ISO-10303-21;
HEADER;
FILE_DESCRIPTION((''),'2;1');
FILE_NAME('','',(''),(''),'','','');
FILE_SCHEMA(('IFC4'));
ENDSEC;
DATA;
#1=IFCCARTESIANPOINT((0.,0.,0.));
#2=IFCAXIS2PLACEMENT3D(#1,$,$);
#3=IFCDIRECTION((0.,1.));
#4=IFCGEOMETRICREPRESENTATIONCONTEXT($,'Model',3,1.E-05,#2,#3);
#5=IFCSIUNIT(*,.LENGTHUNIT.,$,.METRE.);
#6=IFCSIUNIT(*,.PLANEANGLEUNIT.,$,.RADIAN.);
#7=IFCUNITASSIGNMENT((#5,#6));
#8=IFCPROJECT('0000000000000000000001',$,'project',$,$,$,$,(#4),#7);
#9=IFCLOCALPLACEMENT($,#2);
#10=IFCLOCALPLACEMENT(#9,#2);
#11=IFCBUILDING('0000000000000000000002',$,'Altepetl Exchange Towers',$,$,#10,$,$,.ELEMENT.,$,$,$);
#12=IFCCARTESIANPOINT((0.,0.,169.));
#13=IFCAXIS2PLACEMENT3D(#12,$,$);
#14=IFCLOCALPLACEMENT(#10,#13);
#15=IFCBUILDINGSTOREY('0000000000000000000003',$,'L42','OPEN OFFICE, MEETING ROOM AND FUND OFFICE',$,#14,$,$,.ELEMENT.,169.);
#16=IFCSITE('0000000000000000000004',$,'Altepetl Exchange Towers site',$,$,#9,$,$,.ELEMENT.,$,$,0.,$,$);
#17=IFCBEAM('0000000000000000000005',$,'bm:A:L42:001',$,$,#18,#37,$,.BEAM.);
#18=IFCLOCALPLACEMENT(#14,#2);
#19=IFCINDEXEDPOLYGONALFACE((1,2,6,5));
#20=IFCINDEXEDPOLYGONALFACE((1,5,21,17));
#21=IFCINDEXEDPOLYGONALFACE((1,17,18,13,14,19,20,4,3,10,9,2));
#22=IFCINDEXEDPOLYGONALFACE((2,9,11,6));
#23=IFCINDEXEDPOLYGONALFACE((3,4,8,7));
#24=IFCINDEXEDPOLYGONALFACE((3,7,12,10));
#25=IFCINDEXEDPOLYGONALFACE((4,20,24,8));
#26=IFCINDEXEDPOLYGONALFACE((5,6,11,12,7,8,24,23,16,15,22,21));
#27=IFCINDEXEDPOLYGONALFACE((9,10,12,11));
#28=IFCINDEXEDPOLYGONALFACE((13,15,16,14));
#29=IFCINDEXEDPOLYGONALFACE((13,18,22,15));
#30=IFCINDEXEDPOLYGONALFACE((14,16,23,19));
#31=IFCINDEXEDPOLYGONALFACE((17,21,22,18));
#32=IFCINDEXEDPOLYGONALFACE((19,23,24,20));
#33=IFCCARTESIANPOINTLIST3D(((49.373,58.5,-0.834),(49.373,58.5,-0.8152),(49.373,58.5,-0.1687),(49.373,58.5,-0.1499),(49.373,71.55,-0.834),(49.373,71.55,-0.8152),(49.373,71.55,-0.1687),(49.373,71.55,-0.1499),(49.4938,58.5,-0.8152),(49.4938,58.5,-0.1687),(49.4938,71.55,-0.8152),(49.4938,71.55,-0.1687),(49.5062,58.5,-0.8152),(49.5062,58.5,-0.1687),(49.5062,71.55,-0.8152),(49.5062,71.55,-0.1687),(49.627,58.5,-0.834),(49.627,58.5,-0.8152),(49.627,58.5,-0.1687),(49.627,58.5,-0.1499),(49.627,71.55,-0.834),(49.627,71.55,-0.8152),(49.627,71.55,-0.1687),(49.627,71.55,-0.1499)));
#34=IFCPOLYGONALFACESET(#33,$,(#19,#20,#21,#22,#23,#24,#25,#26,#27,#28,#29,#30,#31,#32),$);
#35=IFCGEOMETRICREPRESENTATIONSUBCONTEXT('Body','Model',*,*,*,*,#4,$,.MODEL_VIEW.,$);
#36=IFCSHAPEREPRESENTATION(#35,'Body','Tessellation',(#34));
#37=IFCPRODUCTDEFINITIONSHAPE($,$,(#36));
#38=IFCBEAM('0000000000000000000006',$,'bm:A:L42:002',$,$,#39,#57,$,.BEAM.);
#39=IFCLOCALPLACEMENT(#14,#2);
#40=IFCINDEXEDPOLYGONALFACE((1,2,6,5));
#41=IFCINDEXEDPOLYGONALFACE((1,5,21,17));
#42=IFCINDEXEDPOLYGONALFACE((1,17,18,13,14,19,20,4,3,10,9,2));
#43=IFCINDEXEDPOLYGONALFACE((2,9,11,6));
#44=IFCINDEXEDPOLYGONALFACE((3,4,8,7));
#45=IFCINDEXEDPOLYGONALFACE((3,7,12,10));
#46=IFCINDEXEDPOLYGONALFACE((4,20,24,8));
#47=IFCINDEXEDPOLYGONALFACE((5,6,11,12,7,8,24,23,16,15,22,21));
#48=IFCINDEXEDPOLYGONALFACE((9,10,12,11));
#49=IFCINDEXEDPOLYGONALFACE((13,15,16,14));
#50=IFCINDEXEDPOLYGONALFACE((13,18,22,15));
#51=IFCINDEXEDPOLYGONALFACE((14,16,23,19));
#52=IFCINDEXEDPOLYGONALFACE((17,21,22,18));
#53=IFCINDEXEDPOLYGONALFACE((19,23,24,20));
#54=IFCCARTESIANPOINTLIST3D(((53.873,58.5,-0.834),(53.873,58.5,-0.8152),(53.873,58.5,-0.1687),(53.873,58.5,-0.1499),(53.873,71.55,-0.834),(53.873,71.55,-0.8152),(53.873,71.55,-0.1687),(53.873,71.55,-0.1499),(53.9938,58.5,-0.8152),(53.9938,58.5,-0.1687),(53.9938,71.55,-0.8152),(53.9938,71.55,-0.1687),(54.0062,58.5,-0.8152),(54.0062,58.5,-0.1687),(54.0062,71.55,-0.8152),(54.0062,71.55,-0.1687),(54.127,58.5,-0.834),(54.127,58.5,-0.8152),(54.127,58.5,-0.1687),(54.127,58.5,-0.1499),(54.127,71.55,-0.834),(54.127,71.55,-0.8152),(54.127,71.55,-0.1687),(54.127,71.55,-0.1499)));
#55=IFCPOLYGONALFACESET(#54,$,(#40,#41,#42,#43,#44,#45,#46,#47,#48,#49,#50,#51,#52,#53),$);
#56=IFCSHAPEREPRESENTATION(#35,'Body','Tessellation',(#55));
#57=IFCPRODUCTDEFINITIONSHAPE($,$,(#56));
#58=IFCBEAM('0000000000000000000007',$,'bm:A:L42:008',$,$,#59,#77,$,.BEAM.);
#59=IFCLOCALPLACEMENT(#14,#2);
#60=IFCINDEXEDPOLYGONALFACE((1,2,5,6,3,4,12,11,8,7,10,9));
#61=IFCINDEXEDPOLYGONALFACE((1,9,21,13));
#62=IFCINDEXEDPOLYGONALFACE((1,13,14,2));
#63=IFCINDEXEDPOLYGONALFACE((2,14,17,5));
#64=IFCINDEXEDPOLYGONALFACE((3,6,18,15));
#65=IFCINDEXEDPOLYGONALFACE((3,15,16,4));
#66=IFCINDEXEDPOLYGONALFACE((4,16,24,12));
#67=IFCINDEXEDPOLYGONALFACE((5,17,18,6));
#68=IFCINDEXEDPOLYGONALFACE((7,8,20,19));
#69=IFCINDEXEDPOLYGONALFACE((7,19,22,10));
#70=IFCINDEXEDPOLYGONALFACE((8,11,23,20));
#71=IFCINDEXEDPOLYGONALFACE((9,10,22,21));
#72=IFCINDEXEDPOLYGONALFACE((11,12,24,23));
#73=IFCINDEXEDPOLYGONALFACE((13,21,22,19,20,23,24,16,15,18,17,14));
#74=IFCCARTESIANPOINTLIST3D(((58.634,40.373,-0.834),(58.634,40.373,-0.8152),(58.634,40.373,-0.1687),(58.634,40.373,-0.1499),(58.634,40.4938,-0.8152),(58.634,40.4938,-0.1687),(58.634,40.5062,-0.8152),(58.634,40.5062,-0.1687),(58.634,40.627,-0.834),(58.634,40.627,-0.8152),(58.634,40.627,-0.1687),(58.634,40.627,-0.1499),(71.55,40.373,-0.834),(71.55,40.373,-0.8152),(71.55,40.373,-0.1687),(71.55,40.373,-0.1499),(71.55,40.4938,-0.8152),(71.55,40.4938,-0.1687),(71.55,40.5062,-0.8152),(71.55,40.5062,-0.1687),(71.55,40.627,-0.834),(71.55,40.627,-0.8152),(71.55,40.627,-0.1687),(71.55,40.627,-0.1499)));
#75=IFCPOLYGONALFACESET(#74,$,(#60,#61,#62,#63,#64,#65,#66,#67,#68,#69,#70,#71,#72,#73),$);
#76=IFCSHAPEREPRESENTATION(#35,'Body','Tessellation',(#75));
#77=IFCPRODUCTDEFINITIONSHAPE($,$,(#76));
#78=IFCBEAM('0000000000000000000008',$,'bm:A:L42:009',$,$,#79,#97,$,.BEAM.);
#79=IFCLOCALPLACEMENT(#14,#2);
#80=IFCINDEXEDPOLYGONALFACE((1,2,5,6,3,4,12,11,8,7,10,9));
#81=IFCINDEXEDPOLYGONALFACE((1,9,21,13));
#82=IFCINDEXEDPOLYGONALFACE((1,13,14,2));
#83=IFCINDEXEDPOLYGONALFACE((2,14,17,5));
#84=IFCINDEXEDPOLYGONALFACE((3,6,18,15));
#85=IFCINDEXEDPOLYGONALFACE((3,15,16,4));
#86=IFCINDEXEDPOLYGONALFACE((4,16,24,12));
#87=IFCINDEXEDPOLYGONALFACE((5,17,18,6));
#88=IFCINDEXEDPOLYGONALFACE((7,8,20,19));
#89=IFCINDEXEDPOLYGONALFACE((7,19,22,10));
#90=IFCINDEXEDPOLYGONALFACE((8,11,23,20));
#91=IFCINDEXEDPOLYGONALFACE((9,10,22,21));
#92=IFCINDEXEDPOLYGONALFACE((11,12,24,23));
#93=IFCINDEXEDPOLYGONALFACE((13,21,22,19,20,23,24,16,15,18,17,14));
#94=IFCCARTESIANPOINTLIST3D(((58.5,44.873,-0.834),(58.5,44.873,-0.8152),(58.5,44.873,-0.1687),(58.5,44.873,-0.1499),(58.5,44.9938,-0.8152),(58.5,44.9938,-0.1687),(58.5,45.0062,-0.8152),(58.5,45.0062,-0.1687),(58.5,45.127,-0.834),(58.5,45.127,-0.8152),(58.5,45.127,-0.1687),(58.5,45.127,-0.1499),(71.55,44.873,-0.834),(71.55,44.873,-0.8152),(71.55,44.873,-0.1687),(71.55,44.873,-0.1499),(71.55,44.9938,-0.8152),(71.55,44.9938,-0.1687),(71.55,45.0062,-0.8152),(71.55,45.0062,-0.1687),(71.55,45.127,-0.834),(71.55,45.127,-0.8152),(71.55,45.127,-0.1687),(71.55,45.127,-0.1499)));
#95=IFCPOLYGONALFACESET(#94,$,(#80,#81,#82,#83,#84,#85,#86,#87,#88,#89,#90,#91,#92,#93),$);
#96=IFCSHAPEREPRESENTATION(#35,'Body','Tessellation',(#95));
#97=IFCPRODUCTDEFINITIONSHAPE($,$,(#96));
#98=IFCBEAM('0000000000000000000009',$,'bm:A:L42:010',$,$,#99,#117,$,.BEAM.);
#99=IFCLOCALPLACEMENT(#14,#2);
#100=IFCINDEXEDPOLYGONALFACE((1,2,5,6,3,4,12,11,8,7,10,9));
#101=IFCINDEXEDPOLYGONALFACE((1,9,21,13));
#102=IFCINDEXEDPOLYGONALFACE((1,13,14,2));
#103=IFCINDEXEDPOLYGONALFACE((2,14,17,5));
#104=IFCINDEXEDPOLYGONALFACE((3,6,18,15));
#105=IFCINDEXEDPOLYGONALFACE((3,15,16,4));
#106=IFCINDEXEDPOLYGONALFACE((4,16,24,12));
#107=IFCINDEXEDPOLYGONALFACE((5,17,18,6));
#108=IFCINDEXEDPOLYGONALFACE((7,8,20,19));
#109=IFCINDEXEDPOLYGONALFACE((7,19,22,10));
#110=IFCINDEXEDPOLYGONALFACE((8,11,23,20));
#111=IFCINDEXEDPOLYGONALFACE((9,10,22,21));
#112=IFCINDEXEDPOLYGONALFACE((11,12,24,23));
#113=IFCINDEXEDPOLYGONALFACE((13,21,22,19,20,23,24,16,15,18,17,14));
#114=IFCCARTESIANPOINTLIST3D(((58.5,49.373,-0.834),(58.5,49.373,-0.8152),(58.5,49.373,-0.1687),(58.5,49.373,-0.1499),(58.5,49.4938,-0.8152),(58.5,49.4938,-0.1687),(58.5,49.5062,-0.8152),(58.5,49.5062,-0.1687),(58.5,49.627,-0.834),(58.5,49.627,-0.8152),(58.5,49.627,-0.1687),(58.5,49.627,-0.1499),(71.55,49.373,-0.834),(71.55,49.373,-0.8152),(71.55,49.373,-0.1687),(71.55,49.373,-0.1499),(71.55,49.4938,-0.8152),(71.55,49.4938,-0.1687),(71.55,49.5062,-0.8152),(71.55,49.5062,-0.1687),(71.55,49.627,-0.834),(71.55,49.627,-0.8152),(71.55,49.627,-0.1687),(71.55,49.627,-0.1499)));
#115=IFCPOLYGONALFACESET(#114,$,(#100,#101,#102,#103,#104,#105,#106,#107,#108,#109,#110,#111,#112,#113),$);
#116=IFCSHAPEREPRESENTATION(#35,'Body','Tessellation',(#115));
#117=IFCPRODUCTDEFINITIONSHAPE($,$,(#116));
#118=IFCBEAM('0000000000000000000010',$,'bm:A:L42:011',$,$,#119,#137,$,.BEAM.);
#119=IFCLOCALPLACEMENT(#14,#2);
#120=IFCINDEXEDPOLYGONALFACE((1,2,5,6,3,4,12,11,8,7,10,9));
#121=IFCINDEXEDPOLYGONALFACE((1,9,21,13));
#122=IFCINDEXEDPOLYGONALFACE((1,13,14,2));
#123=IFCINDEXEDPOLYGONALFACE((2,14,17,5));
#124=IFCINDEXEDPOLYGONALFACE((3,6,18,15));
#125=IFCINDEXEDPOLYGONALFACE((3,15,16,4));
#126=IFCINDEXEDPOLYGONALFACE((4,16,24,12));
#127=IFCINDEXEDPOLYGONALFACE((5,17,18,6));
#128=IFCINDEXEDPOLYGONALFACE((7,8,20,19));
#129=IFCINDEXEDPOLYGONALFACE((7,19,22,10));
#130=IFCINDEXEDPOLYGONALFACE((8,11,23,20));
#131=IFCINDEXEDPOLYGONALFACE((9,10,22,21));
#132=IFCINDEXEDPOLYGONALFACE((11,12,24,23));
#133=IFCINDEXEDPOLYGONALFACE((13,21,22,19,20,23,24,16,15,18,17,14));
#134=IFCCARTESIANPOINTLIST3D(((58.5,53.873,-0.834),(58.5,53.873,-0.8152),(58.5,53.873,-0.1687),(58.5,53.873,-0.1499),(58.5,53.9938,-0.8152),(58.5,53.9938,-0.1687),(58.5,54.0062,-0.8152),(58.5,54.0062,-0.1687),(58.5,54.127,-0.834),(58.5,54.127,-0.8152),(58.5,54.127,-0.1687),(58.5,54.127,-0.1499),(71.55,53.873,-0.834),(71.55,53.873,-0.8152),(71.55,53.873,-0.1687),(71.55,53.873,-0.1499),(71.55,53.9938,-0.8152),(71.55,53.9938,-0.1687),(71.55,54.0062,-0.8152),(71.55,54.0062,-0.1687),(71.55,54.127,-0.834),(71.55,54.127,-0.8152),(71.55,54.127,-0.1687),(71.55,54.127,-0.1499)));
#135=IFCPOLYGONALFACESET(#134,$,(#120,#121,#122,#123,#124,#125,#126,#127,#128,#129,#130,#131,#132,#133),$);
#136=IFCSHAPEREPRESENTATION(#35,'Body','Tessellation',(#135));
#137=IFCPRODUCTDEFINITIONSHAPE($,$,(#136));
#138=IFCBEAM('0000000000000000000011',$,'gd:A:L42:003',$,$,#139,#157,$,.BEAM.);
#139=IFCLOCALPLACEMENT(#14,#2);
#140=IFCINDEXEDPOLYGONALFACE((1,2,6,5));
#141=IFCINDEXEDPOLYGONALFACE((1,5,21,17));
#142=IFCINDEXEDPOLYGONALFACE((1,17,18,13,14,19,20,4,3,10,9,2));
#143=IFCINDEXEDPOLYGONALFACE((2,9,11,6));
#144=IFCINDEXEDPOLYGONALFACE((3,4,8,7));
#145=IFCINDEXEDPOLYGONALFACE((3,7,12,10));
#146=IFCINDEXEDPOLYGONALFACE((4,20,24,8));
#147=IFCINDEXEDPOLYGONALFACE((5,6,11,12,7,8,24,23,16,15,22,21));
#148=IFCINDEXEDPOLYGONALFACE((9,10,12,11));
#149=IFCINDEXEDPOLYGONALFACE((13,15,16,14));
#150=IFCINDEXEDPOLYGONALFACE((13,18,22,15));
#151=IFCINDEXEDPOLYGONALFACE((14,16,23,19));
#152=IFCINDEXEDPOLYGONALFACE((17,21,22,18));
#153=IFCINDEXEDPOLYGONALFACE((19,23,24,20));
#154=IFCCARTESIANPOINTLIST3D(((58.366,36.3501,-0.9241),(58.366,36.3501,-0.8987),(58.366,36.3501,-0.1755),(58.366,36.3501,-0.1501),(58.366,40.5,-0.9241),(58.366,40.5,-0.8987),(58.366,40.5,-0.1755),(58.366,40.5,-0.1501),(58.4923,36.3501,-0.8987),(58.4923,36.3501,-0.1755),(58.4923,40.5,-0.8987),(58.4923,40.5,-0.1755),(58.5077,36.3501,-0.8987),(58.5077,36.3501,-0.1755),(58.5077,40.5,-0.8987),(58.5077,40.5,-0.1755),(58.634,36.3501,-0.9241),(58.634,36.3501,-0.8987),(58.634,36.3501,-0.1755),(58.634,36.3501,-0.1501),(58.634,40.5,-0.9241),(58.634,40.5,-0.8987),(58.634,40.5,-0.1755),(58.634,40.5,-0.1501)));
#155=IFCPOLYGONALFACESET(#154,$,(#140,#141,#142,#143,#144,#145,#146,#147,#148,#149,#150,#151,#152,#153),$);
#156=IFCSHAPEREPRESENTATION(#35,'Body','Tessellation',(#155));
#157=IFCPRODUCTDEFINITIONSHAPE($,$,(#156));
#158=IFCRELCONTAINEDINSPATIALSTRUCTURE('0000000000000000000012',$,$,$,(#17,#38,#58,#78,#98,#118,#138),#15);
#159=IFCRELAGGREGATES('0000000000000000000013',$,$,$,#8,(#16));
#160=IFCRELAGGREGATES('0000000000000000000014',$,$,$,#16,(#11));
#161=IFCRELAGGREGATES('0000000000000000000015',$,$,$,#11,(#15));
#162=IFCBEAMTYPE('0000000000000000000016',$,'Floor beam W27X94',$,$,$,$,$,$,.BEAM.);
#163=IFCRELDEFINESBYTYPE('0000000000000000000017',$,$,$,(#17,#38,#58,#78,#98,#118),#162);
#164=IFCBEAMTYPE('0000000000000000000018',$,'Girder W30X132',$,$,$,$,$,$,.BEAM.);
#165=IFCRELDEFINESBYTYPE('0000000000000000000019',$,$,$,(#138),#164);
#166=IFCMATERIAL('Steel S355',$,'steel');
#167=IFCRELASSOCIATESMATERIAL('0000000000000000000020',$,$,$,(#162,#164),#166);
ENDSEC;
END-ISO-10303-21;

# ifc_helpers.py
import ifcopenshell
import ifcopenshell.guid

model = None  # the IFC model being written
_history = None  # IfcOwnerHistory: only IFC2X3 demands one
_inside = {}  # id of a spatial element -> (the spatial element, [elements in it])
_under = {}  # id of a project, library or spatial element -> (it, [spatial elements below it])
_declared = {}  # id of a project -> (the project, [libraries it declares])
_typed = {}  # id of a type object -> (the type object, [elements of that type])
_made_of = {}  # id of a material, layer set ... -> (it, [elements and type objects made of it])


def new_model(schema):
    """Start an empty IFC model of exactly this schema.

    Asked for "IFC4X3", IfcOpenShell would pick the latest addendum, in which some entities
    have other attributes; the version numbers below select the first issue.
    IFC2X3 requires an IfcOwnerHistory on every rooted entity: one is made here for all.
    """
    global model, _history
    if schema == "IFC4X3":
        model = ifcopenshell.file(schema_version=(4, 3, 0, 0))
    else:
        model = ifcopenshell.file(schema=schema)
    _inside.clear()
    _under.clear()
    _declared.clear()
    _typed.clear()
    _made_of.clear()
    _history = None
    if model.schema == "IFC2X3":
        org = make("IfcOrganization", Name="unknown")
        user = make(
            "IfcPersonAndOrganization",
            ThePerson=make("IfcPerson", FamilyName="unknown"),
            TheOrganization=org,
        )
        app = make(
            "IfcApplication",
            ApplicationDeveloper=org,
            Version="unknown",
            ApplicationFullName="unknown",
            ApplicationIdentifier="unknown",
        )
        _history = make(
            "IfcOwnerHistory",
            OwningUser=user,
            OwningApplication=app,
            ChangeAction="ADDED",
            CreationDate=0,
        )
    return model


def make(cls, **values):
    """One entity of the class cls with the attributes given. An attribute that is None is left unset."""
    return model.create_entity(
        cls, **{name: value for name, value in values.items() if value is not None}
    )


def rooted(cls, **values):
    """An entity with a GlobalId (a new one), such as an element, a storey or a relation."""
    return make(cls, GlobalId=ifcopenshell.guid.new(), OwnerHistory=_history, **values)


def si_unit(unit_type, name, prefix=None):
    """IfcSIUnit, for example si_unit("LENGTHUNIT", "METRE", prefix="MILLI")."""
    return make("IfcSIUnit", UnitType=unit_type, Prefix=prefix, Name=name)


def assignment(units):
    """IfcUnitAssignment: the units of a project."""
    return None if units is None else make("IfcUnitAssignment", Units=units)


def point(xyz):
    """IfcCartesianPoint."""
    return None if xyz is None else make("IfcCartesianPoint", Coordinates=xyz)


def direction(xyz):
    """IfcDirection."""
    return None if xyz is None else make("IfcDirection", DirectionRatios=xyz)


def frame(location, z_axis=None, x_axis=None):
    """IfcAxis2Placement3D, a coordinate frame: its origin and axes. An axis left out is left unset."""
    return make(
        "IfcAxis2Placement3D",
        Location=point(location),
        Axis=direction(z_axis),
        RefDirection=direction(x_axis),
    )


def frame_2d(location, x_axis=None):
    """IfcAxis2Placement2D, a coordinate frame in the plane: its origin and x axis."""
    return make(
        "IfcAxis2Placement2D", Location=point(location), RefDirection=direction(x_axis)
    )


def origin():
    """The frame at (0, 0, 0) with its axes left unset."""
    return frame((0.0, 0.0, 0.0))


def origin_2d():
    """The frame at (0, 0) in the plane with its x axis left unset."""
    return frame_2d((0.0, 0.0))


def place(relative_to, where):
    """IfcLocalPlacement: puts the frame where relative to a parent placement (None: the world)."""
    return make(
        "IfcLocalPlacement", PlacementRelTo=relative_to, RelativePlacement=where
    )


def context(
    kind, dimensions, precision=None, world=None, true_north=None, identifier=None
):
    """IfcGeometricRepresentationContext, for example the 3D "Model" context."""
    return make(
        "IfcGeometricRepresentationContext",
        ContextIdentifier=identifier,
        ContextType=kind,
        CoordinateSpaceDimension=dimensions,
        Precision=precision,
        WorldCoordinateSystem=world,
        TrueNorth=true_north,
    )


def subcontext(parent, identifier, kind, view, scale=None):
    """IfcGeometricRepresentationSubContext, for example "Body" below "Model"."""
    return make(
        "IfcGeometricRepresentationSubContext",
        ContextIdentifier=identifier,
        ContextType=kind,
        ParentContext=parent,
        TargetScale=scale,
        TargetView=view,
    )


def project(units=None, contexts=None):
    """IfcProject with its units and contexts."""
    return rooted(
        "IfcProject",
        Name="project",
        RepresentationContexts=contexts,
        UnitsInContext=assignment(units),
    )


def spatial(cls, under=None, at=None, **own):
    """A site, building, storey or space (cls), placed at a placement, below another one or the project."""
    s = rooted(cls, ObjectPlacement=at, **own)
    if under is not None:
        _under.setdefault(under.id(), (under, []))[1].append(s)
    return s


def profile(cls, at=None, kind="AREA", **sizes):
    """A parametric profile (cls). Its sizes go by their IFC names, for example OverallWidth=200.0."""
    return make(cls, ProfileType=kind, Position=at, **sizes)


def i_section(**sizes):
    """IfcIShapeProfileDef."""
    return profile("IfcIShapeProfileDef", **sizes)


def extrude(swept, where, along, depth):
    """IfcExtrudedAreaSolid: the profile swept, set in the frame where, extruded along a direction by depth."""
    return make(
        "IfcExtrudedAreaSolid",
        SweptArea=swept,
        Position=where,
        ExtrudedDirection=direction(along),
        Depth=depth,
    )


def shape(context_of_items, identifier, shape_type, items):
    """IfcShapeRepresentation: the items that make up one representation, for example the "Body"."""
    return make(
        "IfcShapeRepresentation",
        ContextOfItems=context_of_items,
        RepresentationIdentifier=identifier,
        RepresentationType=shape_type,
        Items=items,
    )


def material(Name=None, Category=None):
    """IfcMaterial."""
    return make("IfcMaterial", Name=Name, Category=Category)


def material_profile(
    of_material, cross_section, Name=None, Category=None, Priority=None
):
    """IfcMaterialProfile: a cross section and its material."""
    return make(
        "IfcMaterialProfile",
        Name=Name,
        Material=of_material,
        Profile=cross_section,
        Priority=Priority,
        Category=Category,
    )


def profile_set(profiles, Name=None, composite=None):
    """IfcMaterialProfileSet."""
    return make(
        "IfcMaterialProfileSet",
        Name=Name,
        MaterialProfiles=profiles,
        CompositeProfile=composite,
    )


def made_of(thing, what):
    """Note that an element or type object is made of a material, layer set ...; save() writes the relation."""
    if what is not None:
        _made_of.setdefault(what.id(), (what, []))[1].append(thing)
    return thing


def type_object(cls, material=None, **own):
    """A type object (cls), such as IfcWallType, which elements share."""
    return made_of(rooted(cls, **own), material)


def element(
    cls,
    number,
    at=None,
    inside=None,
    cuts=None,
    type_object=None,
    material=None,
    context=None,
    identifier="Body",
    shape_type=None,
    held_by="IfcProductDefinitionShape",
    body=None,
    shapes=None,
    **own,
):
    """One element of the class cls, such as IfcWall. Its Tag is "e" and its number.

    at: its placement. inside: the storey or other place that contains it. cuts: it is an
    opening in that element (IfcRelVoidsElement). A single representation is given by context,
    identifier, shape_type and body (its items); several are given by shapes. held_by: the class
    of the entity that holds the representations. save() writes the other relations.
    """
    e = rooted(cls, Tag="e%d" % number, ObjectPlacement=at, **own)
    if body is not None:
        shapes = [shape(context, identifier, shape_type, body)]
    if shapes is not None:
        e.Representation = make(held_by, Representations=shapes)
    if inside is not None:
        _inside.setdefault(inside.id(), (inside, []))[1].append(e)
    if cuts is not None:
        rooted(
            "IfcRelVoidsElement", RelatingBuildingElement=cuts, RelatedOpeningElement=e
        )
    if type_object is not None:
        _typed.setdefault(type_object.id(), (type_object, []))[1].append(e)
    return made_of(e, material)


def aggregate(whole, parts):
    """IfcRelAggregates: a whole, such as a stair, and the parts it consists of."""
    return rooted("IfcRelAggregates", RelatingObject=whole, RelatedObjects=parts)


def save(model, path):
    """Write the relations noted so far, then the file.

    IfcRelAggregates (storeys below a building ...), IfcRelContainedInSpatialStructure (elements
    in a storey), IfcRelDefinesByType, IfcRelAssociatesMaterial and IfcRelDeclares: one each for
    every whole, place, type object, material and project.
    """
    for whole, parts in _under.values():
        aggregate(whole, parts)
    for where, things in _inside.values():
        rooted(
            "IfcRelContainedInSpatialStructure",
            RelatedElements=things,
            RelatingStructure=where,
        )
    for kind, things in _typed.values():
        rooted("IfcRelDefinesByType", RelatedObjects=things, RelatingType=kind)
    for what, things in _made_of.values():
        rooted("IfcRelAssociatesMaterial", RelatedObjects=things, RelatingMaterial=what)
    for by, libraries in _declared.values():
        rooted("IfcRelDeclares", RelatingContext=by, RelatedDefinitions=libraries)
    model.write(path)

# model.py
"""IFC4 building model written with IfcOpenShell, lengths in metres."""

from ifc_helpers import new_model, si_unit, direction, frame, origin, origin_2d, place, context, subcontext, project, spatial, i_section, extrude, material, material_profile, profile_set, type_object, element, save


model = new_model("IFC4")

# Units and contexts
model_context = context("Model", 3, precision=1e-05, world=origin(), true_north=direction((0.0, 1.0)))
body_context = subcontext(model_context, "Body", "Model", "MODEL_VIEW")
ifc_project = project(units=[si_unit("LENGTHUNIT", "METRE"), si_unit("PLANEANGLEUNIT", "RADIAN")], contexts=[model_context])

# Site, building, storey
site_placement = place(None, origin())
site = spatial("IfcSite", under=ifc_project, at=site_placement, Name="Altepetl Exchange Towers site", CompositionType="ELEMENT", RefElevation=0.0)
building_placement = place(site_placement, origin())
building = spatial("IfcBuilding", under=site, at=building_placement, Name="Altepetl Exchange Towers", CompositionType="ELEMENT")
storey_placement = place(building_placement, frame((0.0, 0.0, 169.0)))
storey = spatial("IfcBuildingStorey", under=building, at=storey_placement, Name="L42", Description="OPEN OFFICE, MEETING ROOM AND FUND OFFICE", CompositionType="ELEMENT", Elevation=169.0)

# Beams
ifc_material_1 = material(Name="Steel S355", Category="steel")
ifc_material_profile_1 = material_profile(ifc_material_1, i_section(OverallWidth=0.2539, OverallDepth=0.6841, WebThickness=0.0125, FlangeThickness=0.0188, at=origin_2d()), Name="W27X94")
ifc_profile_set_1 = profile_set([ifc_material_profile_1], Name="Steel S355")
beam_type_1 = type_object("IfcBeamType", Name="Floor beam W27X94", PredefinedType="BEAM", material=ifc_profile_set_1)
for number, where, z_axis, x_axis, name in (
    (1, (49.5, 58.5, -0.4919), (0.0, 1.0, 0.0), (-1.0, 0.0, 0.0), "bm:A:L42:001"),
    (2, (54.0, 58.5, -0.4919), (0.0, 1.0, 0.0), (-1.0, 0.0, 0.0), "bm:A:L42:002"),
):
    element("IfcBeam", number, at=place(storey_placement, frame(where, z_axis=z_axis, x_axis=x_axis)), inside=storey, type_object=beam_type_1, Name=name, PredefinedType="BEAM", context=body_context, shape_type="SweptSolid", body=[
        extrude(i_section(OverallWidth=0.2539, OverallDepth=0.6841, WebThickness=0.0125, FlangeThickness=0.0188, at=origin_2d()), origin(), (0.0, 0.0, 1.0), 13.05),
    ])
beam_1_placement = place(storey_placement, frame((58.634, 40.5, -0.4919), z_axis=(1.0, 0.0, 0.0), x_axis=(0.0, 1.0, 0.0)))
element("IfcBeam", 3, at=beam_1_placement, inside=storey, type_object=beam_type_1, Name="bm:A:L42:008", PredefinedType="BEAM", context=body_context, shape_type="SweptSolid", body=[
    extrude(i_section(OverallWidth=0.2539, OverallDepth=0.6841, WebThickness=0.0125, FlangeThickness=0.0188, at=origin_2d()), origin(), (0.0, 0.0, 1.0), 12.916),
])
for number, where, z_axis, x_axis, name in (
    (4, (58.5, 45.0, -0.4919), (1.0, 0.0, 0.0), (0.0, 1.0, 0.0), "bm:A:L42:009"),
    (5, (58.5, 49.5, -0.4919), (1.0, 0.0, 0.0), (0.0, 1.0, 0.0), "bm:A:L42:010"),
    (6, (58.5, 54.0, -0.4919), (1.0, 0.0, 0.0), (0.0, 1.0, 0.0), "bm:A:L42:011"),
):
    element("IfcBeam", number, at=place(storey_placement, frame(where, z_axis=z_axis, x_axis=x_axis)), inside=storey, type_object=beam_type_1, Name=name, PredefinedType="BEAM", context=body_context, shape_type="SweptSolid", body=[
        extrude(i_section(OverallWidth=0.2539, OverallDepth=0.6841, WebThickness=0.0125, FlangeThickness=0.0188, at=origin_2d()), origin(), (0.0, 0.0, 1.0), 13.05),
    ])
ifc_material_profile_2 = material_profile(ifc_material_1, i_section(OverallWidth=0.2681, OverallDepth=0.7739, WebThickness=0.0154, FlangeThickness=0.0254, at=origin_2d()), Name="W30X132")
ifc_profile_set_2 = profile_set([ifc_material_profile_2], Name="Steel S355")
beam_type_2 = type_object("IfcBeamType", Name="Girder W30X132", PredefinedType="BEAM", material=ifc_profile_set_2)
beam_2_placement = place(storey_placement, frame((58.5, 40.5, -0.5371), z_axis=(0.0, -1.0, 0.0), x_axis=(1.0, 0.0, 0.0)))
element("IfcBeam", 7, at=beam_2_placement, inside=storey, type_object=beam_type_2, Name="gd:A:L42:003", PredefinedType="BEAM", context=body_context, shape_type="SweptSolid", body=[
    extrude(i_section(OverallWidth=0.2681, OverallDepth=0.7739, WebThickness=0.0154, FlangeThickness=0.0254, at=origin_2d()), origin(), (0.0, 0.0, 1.0), 4.1499),
])

save(model, "model.ifc")
